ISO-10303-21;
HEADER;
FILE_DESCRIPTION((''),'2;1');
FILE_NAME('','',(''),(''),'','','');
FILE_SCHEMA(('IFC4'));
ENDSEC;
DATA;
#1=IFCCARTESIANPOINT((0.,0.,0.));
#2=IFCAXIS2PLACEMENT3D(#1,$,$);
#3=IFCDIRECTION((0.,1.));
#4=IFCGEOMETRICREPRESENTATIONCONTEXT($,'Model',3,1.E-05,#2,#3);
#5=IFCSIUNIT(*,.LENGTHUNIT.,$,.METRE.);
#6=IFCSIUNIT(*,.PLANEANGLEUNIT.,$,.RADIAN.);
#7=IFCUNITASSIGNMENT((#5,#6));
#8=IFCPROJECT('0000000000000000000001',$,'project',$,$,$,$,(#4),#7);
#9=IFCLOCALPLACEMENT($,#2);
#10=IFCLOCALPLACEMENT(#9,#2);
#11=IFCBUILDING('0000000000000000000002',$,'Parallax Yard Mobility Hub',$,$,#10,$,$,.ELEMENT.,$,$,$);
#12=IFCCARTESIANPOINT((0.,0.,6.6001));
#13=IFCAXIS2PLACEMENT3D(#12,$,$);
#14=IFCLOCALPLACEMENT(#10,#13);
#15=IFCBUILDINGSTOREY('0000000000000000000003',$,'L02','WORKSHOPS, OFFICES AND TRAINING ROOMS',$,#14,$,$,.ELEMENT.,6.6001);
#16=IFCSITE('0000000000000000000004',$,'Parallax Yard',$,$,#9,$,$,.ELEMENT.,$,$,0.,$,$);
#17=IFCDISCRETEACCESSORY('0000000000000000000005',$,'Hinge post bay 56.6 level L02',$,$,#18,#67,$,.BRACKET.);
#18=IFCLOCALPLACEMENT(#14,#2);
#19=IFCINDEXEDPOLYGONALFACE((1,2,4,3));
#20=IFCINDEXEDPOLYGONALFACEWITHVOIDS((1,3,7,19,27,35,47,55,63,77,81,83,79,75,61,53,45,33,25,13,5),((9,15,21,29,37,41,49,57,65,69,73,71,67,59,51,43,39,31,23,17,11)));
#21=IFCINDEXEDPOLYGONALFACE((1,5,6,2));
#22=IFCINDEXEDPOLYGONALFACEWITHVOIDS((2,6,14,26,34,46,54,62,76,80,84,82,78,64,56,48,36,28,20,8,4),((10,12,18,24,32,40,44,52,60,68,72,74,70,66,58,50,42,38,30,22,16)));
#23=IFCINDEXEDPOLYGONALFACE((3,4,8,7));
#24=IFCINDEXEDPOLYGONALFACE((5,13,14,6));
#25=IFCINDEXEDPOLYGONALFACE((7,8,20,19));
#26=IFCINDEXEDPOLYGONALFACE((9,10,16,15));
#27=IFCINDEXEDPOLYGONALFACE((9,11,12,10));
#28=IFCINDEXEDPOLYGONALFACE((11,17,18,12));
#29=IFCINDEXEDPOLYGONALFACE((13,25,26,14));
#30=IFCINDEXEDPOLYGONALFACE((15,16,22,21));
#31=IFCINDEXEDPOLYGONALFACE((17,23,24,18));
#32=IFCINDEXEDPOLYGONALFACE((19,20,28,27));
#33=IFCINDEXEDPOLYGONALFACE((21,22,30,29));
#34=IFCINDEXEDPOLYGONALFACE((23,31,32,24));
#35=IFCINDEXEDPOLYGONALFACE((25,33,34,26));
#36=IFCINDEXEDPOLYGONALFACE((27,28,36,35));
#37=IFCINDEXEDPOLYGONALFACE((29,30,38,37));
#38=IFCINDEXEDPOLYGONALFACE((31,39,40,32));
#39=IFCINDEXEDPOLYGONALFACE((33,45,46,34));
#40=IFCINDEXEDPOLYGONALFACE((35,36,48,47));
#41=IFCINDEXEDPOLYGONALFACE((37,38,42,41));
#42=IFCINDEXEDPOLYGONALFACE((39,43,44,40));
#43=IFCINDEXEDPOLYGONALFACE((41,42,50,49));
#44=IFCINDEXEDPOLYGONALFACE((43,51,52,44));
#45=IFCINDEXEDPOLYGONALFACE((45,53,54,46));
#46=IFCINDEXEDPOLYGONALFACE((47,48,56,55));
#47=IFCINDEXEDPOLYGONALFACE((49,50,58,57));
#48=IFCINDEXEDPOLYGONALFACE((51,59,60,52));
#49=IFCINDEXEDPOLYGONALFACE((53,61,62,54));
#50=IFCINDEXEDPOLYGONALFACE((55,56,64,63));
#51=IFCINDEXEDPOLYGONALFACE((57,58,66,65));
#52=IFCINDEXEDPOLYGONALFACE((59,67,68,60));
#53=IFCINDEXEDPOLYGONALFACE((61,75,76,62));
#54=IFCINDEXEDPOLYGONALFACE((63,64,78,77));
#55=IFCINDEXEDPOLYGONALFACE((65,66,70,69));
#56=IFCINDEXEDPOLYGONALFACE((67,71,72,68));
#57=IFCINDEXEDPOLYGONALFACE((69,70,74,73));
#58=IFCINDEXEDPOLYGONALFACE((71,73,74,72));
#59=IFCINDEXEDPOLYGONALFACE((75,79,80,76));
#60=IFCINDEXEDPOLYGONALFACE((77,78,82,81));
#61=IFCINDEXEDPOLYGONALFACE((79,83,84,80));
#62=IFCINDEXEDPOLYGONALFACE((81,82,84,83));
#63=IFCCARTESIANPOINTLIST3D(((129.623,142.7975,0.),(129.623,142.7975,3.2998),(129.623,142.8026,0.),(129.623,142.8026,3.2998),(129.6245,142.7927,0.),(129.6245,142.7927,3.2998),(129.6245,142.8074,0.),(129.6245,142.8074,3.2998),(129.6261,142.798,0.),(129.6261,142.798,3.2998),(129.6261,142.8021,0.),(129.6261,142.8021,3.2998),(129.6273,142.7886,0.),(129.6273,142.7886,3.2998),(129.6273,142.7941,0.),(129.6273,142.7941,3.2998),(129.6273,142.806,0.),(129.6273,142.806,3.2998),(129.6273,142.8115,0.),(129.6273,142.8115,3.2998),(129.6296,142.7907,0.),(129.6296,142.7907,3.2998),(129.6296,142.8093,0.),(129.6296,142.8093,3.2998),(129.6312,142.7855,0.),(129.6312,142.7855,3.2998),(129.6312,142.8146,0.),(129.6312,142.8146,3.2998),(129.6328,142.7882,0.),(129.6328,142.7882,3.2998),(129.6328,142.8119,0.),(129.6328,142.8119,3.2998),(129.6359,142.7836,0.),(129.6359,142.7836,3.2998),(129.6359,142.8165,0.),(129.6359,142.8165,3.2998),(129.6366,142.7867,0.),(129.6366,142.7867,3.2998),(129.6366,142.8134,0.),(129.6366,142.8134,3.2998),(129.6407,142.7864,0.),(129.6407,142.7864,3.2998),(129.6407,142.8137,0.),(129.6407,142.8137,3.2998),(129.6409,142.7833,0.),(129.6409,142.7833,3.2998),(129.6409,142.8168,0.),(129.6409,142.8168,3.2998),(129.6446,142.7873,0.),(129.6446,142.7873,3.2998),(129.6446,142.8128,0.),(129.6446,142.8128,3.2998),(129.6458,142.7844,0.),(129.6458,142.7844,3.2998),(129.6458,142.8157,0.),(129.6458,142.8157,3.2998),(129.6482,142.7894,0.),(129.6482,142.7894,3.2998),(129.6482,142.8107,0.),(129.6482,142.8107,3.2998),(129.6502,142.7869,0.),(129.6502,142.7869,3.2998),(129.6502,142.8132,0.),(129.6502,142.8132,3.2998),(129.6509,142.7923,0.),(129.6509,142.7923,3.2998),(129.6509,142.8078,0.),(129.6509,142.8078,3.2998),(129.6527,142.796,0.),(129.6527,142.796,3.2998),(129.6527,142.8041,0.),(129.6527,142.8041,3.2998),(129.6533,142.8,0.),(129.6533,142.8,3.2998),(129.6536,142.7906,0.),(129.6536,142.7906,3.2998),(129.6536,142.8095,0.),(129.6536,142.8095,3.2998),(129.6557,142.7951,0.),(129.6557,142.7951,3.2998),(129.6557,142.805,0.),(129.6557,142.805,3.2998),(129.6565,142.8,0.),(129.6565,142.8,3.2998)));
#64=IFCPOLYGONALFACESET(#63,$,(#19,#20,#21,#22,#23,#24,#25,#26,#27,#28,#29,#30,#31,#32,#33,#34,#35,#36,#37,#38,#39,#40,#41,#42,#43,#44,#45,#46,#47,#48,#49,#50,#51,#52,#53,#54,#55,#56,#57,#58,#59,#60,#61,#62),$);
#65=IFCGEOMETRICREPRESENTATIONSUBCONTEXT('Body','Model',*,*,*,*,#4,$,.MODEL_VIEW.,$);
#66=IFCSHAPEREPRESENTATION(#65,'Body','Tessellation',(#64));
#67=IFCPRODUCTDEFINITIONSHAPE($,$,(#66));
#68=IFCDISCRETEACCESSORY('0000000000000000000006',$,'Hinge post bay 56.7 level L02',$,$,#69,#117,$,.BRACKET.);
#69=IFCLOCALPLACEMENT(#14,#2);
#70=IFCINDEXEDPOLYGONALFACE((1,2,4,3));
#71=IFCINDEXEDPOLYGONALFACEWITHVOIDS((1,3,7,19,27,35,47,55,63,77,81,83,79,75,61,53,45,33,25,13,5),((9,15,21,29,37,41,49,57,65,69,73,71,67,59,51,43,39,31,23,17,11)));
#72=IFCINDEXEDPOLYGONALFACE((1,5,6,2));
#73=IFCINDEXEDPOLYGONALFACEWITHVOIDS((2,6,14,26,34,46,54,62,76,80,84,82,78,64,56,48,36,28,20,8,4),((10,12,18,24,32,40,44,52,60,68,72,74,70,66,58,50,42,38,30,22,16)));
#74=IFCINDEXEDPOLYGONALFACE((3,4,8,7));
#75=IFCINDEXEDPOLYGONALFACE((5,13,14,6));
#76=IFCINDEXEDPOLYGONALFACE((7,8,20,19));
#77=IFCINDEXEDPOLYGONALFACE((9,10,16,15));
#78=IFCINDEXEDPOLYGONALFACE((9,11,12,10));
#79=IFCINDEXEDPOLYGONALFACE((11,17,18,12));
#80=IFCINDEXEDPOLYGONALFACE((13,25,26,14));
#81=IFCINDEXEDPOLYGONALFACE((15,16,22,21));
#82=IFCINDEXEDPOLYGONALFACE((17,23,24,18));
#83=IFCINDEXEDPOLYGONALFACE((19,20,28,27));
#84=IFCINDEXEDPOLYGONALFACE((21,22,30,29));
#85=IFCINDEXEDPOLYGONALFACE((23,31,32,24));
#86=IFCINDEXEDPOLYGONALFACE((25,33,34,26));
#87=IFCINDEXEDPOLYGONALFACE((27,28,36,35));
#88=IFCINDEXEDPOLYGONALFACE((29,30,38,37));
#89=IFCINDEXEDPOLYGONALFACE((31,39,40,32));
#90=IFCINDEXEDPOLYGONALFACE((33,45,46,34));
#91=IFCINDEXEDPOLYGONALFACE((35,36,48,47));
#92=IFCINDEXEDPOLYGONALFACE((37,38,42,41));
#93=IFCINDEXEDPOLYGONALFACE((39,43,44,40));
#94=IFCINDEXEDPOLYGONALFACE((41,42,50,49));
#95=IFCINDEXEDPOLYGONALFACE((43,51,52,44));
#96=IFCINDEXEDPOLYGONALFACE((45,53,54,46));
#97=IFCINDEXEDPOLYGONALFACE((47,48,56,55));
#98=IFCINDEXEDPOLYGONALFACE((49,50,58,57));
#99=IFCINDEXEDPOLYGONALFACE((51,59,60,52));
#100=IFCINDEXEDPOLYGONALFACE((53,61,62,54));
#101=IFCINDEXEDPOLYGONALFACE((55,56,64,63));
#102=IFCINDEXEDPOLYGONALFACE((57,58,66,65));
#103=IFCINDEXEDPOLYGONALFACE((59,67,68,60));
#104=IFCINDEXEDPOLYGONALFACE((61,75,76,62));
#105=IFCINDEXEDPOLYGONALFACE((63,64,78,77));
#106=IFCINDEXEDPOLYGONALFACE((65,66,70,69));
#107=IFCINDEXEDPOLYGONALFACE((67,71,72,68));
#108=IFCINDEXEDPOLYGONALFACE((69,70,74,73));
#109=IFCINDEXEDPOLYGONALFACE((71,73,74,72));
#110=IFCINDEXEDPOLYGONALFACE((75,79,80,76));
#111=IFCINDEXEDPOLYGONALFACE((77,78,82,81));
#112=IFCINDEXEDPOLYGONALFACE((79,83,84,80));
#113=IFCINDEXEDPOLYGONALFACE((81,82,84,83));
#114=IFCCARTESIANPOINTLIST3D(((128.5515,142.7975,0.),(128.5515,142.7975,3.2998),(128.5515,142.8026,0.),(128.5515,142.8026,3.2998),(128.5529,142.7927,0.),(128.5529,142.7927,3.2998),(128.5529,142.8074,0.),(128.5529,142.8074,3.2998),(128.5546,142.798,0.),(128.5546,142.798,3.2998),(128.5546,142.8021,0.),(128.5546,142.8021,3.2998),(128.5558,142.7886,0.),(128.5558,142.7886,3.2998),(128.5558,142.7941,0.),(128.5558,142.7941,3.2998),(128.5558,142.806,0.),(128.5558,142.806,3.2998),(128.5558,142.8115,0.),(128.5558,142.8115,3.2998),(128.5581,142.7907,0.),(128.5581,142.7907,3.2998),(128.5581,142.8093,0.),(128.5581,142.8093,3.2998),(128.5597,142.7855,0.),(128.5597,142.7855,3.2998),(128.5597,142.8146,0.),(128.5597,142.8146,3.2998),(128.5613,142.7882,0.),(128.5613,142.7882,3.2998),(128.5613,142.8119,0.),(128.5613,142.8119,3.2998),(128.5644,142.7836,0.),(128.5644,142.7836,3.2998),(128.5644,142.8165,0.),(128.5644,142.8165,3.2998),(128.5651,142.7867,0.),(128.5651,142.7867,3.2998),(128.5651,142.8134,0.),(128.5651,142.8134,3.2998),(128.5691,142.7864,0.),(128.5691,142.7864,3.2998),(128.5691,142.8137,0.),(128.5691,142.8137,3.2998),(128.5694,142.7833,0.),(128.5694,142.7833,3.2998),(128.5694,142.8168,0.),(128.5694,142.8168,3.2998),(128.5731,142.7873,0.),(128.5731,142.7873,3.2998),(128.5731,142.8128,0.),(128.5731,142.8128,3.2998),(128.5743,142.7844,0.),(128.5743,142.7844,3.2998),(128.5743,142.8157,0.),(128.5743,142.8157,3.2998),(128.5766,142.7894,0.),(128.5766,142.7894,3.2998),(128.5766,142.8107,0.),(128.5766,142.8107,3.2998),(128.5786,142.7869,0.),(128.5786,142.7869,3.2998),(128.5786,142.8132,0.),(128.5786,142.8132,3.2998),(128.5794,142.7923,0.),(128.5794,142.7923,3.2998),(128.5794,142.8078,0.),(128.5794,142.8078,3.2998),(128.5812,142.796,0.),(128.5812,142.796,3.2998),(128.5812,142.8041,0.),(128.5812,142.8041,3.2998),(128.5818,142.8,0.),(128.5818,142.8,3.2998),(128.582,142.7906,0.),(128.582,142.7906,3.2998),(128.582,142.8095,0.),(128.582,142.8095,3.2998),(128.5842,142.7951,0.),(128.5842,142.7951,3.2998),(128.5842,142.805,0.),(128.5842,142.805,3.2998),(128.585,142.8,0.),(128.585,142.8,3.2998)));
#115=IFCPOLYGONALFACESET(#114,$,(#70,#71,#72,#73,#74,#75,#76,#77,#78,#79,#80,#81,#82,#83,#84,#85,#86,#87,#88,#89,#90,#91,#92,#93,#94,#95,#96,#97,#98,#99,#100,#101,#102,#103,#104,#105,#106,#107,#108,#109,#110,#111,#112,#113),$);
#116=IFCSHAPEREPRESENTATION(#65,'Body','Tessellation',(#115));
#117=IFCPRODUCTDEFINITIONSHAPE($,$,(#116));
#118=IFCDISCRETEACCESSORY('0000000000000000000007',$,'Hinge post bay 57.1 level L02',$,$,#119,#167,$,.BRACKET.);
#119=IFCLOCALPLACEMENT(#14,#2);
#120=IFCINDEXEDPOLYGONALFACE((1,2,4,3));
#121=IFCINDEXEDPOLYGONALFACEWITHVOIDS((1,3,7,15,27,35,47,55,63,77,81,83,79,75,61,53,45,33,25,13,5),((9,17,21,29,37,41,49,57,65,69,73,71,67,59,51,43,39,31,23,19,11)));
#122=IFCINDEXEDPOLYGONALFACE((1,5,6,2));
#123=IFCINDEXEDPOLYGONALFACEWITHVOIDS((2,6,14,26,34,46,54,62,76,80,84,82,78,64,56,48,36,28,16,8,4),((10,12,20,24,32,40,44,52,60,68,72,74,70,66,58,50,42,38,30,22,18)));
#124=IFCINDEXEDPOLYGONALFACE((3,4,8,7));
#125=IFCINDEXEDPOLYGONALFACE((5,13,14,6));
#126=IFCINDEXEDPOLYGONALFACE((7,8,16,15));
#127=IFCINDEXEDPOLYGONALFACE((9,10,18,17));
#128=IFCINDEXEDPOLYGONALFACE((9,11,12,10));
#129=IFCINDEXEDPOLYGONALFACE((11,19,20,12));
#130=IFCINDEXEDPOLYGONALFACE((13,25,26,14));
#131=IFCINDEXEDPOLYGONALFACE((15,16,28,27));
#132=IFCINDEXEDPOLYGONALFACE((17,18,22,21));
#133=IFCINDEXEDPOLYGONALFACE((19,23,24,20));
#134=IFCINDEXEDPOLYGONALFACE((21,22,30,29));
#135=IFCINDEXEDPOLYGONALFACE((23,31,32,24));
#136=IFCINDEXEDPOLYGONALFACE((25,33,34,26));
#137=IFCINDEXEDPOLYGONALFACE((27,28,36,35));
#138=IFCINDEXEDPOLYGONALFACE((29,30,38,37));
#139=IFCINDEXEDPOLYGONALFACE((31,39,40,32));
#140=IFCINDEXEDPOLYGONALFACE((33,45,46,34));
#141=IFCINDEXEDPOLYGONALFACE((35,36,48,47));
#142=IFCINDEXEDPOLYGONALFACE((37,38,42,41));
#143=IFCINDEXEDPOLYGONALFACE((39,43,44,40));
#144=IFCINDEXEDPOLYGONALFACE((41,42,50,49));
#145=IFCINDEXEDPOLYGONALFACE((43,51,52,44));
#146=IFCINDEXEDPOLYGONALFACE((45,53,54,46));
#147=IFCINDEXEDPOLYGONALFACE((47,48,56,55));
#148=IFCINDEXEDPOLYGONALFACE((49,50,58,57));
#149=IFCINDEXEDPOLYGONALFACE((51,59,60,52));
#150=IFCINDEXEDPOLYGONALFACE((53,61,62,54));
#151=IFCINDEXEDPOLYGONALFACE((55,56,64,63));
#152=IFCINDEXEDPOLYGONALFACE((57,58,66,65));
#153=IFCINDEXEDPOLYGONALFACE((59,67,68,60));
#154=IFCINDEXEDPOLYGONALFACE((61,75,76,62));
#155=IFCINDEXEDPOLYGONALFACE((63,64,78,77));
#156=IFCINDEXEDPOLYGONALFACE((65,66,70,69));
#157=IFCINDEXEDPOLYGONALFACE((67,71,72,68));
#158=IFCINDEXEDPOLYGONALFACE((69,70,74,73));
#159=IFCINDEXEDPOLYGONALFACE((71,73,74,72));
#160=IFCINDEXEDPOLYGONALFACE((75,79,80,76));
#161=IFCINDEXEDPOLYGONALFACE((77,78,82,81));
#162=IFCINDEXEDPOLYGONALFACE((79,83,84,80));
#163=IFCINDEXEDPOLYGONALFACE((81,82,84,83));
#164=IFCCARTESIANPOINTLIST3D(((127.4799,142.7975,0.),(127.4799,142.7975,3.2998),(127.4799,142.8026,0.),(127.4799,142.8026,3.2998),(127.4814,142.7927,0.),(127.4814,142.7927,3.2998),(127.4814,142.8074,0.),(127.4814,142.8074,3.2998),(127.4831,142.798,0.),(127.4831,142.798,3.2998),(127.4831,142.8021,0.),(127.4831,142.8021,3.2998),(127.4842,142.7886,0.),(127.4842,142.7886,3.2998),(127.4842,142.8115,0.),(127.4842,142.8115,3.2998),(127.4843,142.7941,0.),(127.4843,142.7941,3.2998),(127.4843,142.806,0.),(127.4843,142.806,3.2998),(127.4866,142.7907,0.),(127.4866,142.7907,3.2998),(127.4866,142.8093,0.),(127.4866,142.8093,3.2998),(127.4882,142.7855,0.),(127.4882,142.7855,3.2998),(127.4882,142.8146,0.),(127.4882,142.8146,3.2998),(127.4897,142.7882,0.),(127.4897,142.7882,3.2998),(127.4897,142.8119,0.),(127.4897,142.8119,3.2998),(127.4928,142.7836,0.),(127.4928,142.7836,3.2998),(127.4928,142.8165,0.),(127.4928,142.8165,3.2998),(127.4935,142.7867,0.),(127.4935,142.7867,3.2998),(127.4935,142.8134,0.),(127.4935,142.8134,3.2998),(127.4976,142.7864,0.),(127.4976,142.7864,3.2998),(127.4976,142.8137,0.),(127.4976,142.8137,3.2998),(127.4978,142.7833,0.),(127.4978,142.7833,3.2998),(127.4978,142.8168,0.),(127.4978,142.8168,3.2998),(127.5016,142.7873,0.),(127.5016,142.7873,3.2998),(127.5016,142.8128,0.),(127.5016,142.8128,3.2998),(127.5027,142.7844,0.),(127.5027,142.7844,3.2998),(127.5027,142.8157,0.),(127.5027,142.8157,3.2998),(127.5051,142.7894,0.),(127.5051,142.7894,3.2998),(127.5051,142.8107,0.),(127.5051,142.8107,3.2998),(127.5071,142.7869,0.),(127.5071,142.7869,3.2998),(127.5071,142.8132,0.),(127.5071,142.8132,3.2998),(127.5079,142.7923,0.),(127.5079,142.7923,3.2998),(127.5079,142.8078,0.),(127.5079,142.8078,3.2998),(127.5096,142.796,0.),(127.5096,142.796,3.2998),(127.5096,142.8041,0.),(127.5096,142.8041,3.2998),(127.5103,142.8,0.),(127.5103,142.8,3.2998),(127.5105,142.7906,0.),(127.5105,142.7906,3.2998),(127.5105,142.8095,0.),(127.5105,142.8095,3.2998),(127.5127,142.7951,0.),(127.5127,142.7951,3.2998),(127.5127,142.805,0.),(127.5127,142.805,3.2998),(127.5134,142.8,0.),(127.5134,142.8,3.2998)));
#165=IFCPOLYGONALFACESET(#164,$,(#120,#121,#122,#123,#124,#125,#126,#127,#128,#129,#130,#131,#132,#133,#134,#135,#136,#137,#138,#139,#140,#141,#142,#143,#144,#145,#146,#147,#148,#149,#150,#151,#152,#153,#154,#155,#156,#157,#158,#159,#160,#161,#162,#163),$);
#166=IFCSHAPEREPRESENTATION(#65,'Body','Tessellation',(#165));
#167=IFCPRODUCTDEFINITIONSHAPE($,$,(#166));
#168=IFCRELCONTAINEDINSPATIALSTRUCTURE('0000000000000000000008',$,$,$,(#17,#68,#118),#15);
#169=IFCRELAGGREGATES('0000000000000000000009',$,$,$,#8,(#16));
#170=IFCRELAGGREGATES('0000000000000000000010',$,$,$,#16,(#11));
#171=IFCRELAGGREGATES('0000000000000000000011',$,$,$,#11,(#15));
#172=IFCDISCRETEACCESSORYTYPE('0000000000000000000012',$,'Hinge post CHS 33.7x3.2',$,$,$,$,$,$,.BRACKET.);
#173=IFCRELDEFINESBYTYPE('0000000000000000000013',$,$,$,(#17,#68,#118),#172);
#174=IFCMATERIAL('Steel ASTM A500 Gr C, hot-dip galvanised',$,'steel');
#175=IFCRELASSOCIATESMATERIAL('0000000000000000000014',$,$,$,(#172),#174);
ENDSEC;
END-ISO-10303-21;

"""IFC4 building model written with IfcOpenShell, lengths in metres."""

from ifc_helpers import new_model, si_unit, direction, frame, origin, origin_2d, place, context, subcontext, project, spatial, hollow_circle, extrude, material, material_profile, profile_set, type_object, element, save


model = new_model("IFC4")

# Units and contexts
model_context = context("Model", 3, precision=1e-05, world=origin(), true_north=direction((0.0, 1.0)))
body_context = subcontext(model_context, "Body", "Model", "MODEL_VIEW")
ifc_project = project(units=[si_unit("LENGTHUNIT", "METRE"), si_unit("PLANEANGLEUNIT", "RADIAN")], contexts=[model_context])

# Site, building, storey
site_placement = place(None, origin())
site = spatial("IfcSite", under=ifc_project, at=site_placement, Name="Parallax Yard", CompositionType="ELEMENT", RefElevation=0.0)
building_placement = place(site_placement, origin())
building = spatial("IfcBuilding", under=site, at=building_placement, Name="Parallax Yard Mobility Hub", CompositionType="ELEMENT")
storey_placement = place(building_placement, frame((0.0, 0.0, 6.6001)))
storey = spatial("IfcBuildingStorey", under=building, at=storey_placement, Name="L02", Description="WORKSHOPS, OFFICES AND TRAINING ROOMS", CompositionType="ELEMENT", Elevation=6.6001)

# Discrete accessories
ifc_material_1 = material(Name="Steel ASTM A500 Gr C, hot-dip galvanised", Category="steel")
ifc_material_profile = material_profile(ifc_material_1, hollow_circle(Radius=0.0168, WallThickness=0.0032, at=origin_2d()), Name="CHS 33.7x3.2")
ifc_profile_set = profile_set([ifc_material_profile], Name="Steel ASTM A500 Gr C, hot-dip galvanised")
discrete_accessory_type_1 = type_object("IfcDiscreteAccessoryType", Name="Hinge post CHS 33.7x3.2", PredefinedType="BRACKET", material=ifc_profile_set)
for number, where, z_axis, x_axis, name in (
    (1, (129.6396, 142.8, 0.0), (0.0, 0.0, 1.0), (1.0, 0.0, 0.0), "Hinge post bay 56.6 level L02"),
    (2, (128.5681, 142.8, 0.0), (0.0, 0.0, 1.0), (1.0, 0.0, 0.0), "Hinge post bay 56.7 level L02"),
    (3, (127.4966, 142.8, 0.0), (0.0, 0.0, 1.0), (1.0, 0.0, 0.0), "Hinge post bay 57.1 level L02"),
):
    element("IfcDiscreteAccessory", number, at=place(storey_placement, frame(where, z_axis=z_axis, x_axis=x_axis)), inside=storey, type_object=discrete_accessory_type_1, Name=name, PredefinedType="BRACKET", context=body_context, shape_type="SweptSolid", body=[
        extrude(hollow_circle(Radius=0.0168, WallThickness=0.0032, at=origin_2d()), origin(), (0.0, 0.0, 1.0), 3.2998),
    ])

save(model, "model.ifc")
